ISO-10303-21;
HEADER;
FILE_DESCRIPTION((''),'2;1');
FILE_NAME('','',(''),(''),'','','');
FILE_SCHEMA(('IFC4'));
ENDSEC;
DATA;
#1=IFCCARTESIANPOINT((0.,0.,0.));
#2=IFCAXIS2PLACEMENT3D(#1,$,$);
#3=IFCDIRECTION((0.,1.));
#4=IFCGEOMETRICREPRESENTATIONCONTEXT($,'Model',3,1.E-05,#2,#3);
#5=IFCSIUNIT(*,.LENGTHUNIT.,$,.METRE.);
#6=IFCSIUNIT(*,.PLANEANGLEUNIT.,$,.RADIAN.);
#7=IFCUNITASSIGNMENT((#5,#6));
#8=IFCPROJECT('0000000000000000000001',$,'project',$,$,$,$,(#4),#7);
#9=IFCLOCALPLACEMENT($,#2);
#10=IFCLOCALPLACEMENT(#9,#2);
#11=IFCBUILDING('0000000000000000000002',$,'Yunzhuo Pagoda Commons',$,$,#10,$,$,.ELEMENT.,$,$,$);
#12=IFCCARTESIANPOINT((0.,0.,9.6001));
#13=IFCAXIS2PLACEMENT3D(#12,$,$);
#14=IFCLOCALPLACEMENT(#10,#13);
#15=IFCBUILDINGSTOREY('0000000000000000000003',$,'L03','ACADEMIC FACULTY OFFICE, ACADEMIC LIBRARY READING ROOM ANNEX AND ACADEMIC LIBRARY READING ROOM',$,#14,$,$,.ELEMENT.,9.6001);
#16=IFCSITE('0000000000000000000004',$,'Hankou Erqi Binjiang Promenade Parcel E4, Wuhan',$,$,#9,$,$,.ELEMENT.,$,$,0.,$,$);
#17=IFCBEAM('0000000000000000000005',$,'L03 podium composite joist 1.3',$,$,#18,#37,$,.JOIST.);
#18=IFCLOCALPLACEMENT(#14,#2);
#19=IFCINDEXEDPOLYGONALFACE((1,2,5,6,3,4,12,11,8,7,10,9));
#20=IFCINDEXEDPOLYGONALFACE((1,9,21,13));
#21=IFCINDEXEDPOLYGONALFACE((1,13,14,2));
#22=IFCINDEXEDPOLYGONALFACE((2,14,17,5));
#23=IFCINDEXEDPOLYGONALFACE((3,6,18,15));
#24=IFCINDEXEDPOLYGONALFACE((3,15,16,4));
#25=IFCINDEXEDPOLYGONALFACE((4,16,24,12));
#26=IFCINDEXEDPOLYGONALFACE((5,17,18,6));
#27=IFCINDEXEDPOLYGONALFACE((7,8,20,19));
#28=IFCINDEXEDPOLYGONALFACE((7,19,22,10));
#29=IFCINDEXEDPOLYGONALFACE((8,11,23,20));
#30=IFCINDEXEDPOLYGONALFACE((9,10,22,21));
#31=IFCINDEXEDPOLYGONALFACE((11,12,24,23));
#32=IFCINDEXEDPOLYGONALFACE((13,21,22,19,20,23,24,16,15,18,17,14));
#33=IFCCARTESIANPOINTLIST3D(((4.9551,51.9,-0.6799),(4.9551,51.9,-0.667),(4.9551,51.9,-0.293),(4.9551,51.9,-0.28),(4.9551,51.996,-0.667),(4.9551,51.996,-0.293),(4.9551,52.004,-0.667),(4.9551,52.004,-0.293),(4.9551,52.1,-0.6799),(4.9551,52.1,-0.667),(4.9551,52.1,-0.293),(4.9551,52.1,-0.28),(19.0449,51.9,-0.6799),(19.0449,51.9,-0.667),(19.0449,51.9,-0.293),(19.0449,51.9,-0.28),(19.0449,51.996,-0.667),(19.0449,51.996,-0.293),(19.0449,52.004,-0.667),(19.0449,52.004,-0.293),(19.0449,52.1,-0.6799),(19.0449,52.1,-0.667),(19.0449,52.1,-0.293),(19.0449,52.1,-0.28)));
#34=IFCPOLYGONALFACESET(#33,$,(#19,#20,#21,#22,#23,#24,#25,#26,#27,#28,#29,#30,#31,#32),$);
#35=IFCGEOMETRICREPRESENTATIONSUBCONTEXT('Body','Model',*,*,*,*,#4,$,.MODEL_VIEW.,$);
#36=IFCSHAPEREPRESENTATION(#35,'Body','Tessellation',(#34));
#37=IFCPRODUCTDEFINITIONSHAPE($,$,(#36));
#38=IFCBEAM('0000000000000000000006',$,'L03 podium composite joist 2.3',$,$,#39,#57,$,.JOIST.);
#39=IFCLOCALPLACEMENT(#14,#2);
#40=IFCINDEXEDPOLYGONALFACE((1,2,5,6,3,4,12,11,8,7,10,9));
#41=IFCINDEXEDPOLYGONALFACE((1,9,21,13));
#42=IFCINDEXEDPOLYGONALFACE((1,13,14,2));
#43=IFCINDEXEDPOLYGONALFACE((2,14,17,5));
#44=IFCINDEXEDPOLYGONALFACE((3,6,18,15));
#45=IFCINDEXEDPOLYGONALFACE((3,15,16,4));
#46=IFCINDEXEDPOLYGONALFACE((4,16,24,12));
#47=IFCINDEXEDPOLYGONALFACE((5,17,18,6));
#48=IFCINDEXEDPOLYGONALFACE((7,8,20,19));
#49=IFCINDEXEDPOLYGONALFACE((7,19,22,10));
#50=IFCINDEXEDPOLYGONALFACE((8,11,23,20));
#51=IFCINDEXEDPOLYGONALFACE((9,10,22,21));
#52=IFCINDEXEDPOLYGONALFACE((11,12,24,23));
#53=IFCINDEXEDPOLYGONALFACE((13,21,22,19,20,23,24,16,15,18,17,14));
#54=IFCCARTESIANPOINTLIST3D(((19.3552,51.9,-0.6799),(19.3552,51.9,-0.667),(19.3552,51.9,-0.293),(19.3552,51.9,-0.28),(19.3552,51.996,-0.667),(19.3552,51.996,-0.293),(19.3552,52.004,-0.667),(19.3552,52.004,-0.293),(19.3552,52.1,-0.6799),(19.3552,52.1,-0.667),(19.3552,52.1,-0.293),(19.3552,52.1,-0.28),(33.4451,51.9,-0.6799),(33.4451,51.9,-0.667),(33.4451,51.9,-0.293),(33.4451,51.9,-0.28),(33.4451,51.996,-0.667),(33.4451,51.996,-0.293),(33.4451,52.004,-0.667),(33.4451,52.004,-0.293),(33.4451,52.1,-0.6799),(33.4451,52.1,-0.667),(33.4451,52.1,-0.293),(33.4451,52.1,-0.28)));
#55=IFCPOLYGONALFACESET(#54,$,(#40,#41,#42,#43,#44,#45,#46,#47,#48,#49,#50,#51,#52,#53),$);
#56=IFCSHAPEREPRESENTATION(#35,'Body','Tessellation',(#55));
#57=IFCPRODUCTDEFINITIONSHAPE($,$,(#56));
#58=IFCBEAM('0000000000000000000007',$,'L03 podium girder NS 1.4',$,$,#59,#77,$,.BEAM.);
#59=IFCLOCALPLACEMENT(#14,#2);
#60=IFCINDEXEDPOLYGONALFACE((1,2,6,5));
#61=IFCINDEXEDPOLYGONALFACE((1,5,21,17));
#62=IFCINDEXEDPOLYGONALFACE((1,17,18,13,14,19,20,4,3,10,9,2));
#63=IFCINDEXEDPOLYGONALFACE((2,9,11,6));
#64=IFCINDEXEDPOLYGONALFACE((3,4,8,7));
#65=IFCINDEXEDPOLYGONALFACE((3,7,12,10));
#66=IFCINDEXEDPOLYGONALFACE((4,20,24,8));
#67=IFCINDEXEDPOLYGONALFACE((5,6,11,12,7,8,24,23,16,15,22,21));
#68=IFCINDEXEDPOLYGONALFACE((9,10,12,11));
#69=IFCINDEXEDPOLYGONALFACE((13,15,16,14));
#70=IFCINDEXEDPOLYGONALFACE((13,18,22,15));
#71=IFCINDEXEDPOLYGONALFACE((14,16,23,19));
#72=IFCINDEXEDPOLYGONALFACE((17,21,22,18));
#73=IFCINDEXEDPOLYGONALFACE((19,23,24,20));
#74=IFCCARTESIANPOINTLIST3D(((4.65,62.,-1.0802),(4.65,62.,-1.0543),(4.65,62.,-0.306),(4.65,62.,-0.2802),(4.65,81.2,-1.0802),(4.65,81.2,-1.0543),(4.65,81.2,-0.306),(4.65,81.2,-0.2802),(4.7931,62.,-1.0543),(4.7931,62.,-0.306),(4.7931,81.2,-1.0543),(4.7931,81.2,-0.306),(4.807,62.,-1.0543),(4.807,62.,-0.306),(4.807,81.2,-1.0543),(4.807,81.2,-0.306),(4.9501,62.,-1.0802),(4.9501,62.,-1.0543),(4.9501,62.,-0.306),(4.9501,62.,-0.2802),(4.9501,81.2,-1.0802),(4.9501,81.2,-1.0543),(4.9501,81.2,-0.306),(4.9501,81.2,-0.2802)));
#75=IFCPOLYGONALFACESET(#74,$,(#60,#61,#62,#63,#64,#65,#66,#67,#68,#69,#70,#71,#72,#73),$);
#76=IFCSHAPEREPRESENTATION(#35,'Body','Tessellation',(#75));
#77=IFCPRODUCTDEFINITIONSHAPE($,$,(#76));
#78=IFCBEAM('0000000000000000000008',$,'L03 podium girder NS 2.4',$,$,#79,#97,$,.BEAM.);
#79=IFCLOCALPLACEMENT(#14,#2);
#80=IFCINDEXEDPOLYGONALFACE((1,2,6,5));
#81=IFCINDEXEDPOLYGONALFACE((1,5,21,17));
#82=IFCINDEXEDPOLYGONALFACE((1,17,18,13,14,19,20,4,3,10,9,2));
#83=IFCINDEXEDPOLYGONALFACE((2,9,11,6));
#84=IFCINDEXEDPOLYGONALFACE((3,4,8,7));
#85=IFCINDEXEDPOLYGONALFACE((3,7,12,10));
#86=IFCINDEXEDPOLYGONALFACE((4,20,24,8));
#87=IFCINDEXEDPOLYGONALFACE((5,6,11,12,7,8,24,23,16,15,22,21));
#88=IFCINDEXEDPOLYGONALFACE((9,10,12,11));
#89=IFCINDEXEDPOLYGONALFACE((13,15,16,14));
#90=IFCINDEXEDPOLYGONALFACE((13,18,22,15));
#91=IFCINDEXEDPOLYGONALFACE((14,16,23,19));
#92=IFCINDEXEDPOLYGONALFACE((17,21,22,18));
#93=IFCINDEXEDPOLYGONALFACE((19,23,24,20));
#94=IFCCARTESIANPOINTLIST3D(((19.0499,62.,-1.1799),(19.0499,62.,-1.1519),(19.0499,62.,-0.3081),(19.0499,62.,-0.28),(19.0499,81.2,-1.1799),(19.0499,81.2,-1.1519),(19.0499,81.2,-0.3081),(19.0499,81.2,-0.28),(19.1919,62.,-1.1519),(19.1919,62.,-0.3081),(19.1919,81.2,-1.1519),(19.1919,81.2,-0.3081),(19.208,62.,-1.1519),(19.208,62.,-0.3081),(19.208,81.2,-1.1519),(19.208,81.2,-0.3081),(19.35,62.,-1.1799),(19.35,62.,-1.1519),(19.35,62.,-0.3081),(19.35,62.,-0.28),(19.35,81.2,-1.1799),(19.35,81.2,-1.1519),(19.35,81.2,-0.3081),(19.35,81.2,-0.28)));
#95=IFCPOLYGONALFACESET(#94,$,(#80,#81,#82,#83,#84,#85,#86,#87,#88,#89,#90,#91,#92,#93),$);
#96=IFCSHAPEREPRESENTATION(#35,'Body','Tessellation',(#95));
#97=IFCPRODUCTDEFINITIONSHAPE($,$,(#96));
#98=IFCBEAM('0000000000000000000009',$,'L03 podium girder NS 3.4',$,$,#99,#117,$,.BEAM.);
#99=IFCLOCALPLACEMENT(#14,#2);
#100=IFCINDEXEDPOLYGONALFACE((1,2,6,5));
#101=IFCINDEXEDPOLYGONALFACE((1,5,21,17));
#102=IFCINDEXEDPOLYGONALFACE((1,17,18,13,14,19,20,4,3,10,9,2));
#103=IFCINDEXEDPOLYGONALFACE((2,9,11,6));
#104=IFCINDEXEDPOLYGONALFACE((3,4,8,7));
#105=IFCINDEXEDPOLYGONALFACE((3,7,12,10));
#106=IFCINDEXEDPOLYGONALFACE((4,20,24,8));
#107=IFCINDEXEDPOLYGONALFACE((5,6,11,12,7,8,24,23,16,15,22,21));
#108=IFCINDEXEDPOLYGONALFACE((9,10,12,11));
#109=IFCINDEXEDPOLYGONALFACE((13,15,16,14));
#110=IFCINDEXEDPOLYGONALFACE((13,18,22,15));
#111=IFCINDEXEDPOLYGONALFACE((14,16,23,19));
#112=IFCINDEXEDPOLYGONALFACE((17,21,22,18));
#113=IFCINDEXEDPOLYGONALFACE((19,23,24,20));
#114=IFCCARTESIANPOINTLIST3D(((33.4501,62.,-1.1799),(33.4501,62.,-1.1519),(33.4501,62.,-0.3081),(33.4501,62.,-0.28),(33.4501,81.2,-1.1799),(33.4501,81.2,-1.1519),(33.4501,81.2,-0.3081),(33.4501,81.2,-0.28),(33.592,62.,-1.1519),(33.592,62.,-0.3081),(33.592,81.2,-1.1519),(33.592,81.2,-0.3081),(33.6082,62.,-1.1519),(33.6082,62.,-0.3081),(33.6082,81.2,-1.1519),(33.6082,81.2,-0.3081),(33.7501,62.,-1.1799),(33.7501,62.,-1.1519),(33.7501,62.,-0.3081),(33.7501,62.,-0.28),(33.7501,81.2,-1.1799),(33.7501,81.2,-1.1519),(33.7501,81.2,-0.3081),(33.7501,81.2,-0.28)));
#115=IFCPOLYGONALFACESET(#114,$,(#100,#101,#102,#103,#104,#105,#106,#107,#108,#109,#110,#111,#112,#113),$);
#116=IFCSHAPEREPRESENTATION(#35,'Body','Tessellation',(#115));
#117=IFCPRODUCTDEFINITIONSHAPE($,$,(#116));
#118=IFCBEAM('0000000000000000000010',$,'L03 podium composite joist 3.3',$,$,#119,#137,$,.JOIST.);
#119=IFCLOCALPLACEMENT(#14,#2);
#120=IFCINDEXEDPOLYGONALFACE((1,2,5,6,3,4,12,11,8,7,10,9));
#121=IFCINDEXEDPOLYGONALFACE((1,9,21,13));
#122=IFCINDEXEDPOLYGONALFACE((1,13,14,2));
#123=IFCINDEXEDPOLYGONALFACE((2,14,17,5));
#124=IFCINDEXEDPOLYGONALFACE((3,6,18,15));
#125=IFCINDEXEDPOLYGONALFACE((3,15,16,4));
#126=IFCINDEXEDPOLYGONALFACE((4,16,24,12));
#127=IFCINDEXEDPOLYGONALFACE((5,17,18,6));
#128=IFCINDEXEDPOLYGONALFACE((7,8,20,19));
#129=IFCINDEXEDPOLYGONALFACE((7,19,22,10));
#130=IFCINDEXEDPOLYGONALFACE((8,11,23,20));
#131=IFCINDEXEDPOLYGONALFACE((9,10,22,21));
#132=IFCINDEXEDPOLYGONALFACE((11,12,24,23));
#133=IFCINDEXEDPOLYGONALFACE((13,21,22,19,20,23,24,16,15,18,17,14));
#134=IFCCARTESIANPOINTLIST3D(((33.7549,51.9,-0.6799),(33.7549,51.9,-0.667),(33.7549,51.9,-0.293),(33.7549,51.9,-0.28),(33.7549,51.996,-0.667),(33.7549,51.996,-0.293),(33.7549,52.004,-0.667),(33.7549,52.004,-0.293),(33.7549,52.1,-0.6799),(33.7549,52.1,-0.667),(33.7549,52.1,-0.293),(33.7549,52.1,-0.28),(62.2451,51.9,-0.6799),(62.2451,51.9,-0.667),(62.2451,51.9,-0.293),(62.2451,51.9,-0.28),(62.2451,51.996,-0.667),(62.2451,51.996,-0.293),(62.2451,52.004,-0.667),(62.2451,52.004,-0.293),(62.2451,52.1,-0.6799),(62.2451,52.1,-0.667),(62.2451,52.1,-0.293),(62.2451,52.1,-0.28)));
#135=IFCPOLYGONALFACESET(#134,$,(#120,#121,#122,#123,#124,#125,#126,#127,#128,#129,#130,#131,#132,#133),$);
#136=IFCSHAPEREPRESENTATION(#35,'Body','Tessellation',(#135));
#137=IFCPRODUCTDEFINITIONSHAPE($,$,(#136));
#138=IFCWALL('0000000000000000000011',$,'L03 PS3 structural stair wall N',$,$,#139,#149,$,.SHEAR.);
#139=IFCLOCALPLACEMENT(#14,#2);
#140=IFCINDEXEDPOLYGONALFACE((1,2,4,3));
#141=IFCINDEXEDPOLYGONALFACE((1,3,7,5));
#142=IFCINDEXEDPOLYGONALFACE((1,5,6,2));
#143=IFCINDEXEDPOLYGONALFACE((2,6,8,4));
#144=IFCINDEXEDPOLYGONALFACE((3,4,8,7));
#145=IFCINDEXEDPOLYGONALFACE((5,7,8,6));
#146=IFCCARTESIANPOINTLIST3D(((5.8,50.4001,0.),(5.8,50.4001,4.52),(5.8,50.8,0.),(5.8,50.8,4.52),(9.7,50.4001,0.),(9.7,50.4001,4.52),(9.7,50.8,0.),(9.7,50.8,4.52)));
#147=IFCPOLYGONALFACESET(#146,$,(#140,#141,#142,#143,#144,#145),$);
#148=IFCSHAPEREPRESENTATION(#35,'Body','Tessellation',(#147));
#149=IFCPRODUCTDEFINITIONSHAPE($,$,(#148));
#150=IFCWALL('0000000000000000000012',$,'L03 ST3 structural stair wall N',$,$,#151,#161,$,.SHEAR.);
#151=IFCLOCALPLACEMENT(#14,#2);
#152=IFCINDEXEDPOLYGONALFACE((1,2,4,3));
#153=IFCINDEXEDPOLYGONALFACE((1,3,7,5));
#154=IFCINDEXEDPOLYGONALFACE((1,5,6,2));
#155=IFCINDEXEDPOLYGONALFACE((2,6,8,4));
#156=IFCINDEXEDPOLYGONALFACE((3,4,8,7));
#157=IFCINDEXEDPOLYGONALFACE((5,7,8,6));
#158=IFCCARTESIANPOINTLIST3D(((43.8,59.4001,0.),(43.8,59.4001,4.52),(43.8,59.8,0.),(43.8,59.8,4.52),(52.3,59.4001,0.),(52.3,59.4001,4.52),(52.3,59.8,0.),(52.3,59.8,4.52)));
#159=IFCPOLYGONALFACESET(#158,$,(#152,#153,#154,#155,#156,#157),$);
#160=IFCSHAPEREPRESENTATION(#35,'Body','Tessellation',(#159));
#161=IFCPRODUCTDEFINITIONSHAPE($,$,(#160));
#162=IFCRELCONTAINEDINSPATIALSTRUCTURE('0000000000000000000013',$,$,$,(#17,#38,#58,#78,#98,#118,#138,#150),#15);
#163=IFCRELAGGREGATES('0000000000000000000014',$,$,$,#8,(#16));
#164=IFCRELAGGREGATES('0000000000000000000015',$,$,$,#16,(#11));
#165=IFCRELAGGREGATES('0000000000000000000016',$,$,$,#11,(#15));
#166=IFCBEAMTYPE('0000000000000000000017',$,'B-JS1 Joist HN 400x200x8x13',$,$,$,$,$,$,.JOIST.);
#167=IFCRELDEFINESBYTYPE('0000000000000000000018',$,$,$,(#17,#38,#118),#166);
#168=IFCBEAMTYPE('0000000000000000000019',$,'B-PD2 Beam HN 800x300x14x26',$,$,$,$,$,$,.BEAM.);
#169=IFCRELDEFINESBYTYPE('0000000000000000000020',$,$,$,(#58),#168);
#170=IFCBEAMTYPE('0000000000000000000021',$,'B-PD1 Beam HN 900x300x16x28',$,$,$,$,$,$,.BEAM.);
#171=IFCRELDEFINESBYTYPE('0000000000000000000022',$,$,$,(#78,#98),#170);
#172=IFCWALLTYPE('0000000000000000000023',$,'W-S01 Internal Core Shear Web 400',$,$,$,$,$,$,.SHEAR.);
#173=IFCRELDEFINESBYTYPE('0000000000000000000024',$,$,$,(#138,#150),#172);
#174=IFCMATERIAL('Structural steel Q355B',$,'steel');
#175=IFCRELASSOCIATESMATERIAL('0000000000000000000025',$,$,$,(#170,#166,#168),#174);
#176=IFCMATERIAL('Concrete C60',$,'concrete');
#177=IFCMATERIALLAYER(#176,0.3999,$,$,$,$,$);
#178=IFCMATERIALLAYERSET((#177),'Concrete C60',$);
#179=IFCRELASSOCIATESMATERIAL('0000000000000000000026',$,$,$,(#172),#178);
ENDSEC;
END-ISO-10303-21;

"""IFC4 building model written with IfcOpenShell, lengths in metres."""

from ifc_helpers import new_model, si_unit, direction, frame, frame_2d, origin, origin_2d, place, context, subcontext, project, spatial, rectangle, i_section, extrude, source, transform, mapped, material, layer, layer_set, material_profile, profile_set, type_object, element, save


model = new_model("IFC4")

# Units and contexts
model_context = context("Model", 3, precision=1e-05, world=origin(), true_north=direction((0.0, 1.0)))
body_context = subcontext(model_context, "Body", "Model", "MODEL_VIEW")
ifc_project = project(units=[si_unit("LENGTHUNIT", "METRE"), si_unit("PLANEANGLEUNIT", "RADIAN")], contexts=[model_context])

# Site, building, storey
site_placement = place(None, origin())
site = spatial("IfcSite", under=ifc_project, at=site_placement, Name="Hankou Erqi Binjiang Promenade Parcel E4, Wuhan", CompositionType="ELEMENT", RefElevation=0.0)
building_placement = place(site_placement, origin())
building = spatial("IfcBuilding", under=site, at=building_placement, Name="Yunzhuo Pagoda Commons", CompositionType="ELEMENT")
storey_placement = place(building_placement, frame((0.0, 0.0, 9.6001)))
storey = spatial("IfcBuildingStorey", under=building, at=storey_placement, Name="L03", Description="ACADEMIC FACULTY OFFICE, ACADEMIC LIBRARY READING ROOM ANNEX AND ACADEMIC LIBRARY READING ROOM", CompositionType="ELEMENT", Elevation=9.6001)

# Beams
ifc_material_1 = material(Name="Structural steel Q355B", Category="steel")
ifc_material_profile_1 = material_profile(ifc_material_1, i_section(OverallWidth=0.3, OverallDepth=0.8999, WebThickness=0.0161, FlangeThickness=0.0281, at=origin_2d()), Name="Structural steel Q355B")
ifc_profile_set_1 = profile_set([ifc_material_profile_1], Name="Structural steel Q355B")
beam_type_1 = type_object("IfcBeamType", Name="B-PD1 Beam HN 900x300x16x28", PredefinedType="BEAM", material=ifc_profile_set_1)
ifc_material_profile_2 = material_profile(ifc_material_1, i_section(OverallWidth=0.2, OverallDepth=0.3999, WebThickness=0.0081, FlangeThickness=0.0129, at=origin_2d()), Name="Structural steel Q355B")
ifc_profile_set_2 = profile_set([ifc_material_profile_2], Name="Structural steel Q355B")
beam_type_2 = type_object("IfcBeamType", Name="B-JS1 Joist HN 400x200x8x13", PredefinedType="JOIST", material=ifc_profile_set_2)
shared_shape_1 = source(origin(), body_context, "Body", "SweptSolid", [
    extrude(i_section(OverallWidth=0.2, OverallDepth=0.3999, WebThickness=0.0081, FlangeThickness=0.0129, at=origin_2d()), origin(), (0.0, 0.0, 1.0), 14.0898),
])
for number, where, z_axis, x_axis, name in (
    (1, (4.9551, 52.0, -0.48), (1.0, 0.0, 0.0), (0.0, 1.0, 0.0), "L03 podium composite joist 1.3"),
    (2, (19.3552, 52.0, -0.48), (1.0, 0.0, 0.0), (0.0, 1.0, 0.0), "L03 podium composite joist 2.3"),
):
    element("IfcBeam", number, at=place(storey_placement, frame(where, z_axis=z_axis, x_axis=x_axis)), inside=storey, type_object=beam_type_2, Name=name, PredefinedType="JOIST", context=body_context, shape_type="MappedRepresentation", body=[
        mapped(shared_shape_1, transform((0.0, 0.0, 0.0), scale=1.0)),
    ])
ifc_material_profile_3 = material_profile(ifc_material_1, i_section(OverallWidth=0.3, OverallDepth=0.8, WebThickness=0.0139, FlangeThickness=0.0259, at=origin_2d()), Name="Structural steel Q355B")
ifc_profile_set_3 = profile_set([ifc_material_profile_3], Name="Structural steel Q355B")
beam_type_3 = type_object("IfcBeamType", Name="B-PD2 Beam HN 800x300x14x26", PredefinedType="BEAM", material=ifc_profile_set_3)
shared_shape_2 = source(origin(), body_context, "Body", "SweptSolid", [
    extrude(i_section(OverallWidth=0.3, OverallDepth=0.8, WebThickness=0.0139, FlangeThickness=0.0259, at=origin_2d()), origin(), (0.0, 0.0, 1.0), 19.2),
])
beam_1_placement = place(storey_placement, frame((4.8, 62.0, -0.6802), z_axis=(0.0, 1.0, 0.0), x_axis=(-1.0, 0.0, 0.0)))
element("IfcBeam", 3, at=beam_1_placement, inside=storey, type_object=beam_type_3, Name="L03 podium girder NS 1.4", PredefinedType="BEAM", context=body_context, shape_type="MappedRepresentation", body=[
    mapped(shared_shape_2, transform((0.0, 0.0, 0.0), scale=1.0)),
])
shared_shape_3 = source(origin(), body_context, "Body", "SweptSolid", [
    extrude(i_section(OverallWidth=0.3, OverallDepth=0.8999, WebThickness=0.0161, FlangeThickness=0.0281, at=origin_2d()), origin(), (0.0, 0.0, 1.0), 19.2),
])
for number, where, z_axis, x_axis, name in (
    (4, (19.2, 62.0, -0.73), (0.0, 1.0, 0.0), (-1.0, 0.0, 0.0), "L03 podium girder NS 2.4"),
    (5, (33.6001, 62.0, -0.73), (0.0, 1.0, 0.0), (-1.0, 0.0, 0.0), "L03 podium girder NS 3.4"),
):
    element("IfcBeam", number, at=place(storey_placement, frame(where, z_axis=z_axis, x_axis=x_axis)), inside=storey, type_object=beam_type_1, Name=name, PredefinedType="BEAM", context=body_context, shape_type="MappedRepresentation", body=[
        mapped(shared_shape_3, transform((0.0, 0.0, 0.0), scale=1.0)),
    ])
shared_shape_4 = source(origin(), body_context, "Body", "SweptSolid", [
    extrude(i_section(OverallWidth=0.2, OverallDepth=0.3999, WebThickness=0.0081, FlangeThickness=0.0129, at=origin_2d()), origin(), (0.0, 0.0, 1.0), 28.4902),
])
beam_2_placement = place(storey_placement, frame((33.7549, 52.0, -0.48), z_axis=(1.0, 0.0, 0.0), x_axis=(0.0, 1.0, 0.0)))
element("IfcBeam", 6, at=beam_2_placement, inside=storey, type_object=beam_type_2, Name="L03 podium composite joist 3.3", PredefinedType="JOIST", context=body_context, shape_type="MappedRepresentation", body=[
    mapped(shared_shape_4, transform((0.0, 0.0, 0.0), scale=1.0)),
])

# Walls
ifc_material_2 = material(Name="Concrete C60", Category="concrete")
ifc_layer = layer(ifc_material_2, 0.3999)
ifc_layer_set = layer_set([ifc_layer], Name="Concrete C60")
wall_type = type_object("IfcWallType", Name="W-S01 Internal Core Shear Web 400", PredefinedType="SHEAR", material=ifc_layer_set)
wall_1_placement = place(storey_placement, frame((5.8, 50.6001, 0.0), z_axis=(0.0, 0.0, 1.0), x_axis=(1.0, 0.0, 0.0)))
element("IfcWall", 7, at=wall_1_placement, inside=storey, type_object=wall_type, Name="L03 PS3 structural stair wall N", PredefinedType="SHEAR", context=body_context, shape_type="SweptSolid", body=[
    extrude(rectangle(XDim=3.8999, YDim=0.3999, at=frame_2d((1.95, 0.0))), origin(), (0.0, 0.0, 1.0), 4.52),
])
wall_2_placement = place(storey_placement, frame((43.8, 59.6001, 0.0), z_axis=(0.0, 0.0, 1.0), x_axis=(1.0, 0.0, 0.0)))
element("IfcWall", 8, at=wall_2_placement, inside=storey, type_object=wall_type, Name="L03 ST3 structural stair wall N", PredefinedType="SHEAR", context=body_context, shape_type="SweptSolid", body=[
    extrude(rectangle(XDim=8.5, YDim=0.3999, at=frame_2d((4.25, 0.0))), origin(), (0.0, 0.0, 1.0), 4.52),
])

save(model, "model.ifc")
